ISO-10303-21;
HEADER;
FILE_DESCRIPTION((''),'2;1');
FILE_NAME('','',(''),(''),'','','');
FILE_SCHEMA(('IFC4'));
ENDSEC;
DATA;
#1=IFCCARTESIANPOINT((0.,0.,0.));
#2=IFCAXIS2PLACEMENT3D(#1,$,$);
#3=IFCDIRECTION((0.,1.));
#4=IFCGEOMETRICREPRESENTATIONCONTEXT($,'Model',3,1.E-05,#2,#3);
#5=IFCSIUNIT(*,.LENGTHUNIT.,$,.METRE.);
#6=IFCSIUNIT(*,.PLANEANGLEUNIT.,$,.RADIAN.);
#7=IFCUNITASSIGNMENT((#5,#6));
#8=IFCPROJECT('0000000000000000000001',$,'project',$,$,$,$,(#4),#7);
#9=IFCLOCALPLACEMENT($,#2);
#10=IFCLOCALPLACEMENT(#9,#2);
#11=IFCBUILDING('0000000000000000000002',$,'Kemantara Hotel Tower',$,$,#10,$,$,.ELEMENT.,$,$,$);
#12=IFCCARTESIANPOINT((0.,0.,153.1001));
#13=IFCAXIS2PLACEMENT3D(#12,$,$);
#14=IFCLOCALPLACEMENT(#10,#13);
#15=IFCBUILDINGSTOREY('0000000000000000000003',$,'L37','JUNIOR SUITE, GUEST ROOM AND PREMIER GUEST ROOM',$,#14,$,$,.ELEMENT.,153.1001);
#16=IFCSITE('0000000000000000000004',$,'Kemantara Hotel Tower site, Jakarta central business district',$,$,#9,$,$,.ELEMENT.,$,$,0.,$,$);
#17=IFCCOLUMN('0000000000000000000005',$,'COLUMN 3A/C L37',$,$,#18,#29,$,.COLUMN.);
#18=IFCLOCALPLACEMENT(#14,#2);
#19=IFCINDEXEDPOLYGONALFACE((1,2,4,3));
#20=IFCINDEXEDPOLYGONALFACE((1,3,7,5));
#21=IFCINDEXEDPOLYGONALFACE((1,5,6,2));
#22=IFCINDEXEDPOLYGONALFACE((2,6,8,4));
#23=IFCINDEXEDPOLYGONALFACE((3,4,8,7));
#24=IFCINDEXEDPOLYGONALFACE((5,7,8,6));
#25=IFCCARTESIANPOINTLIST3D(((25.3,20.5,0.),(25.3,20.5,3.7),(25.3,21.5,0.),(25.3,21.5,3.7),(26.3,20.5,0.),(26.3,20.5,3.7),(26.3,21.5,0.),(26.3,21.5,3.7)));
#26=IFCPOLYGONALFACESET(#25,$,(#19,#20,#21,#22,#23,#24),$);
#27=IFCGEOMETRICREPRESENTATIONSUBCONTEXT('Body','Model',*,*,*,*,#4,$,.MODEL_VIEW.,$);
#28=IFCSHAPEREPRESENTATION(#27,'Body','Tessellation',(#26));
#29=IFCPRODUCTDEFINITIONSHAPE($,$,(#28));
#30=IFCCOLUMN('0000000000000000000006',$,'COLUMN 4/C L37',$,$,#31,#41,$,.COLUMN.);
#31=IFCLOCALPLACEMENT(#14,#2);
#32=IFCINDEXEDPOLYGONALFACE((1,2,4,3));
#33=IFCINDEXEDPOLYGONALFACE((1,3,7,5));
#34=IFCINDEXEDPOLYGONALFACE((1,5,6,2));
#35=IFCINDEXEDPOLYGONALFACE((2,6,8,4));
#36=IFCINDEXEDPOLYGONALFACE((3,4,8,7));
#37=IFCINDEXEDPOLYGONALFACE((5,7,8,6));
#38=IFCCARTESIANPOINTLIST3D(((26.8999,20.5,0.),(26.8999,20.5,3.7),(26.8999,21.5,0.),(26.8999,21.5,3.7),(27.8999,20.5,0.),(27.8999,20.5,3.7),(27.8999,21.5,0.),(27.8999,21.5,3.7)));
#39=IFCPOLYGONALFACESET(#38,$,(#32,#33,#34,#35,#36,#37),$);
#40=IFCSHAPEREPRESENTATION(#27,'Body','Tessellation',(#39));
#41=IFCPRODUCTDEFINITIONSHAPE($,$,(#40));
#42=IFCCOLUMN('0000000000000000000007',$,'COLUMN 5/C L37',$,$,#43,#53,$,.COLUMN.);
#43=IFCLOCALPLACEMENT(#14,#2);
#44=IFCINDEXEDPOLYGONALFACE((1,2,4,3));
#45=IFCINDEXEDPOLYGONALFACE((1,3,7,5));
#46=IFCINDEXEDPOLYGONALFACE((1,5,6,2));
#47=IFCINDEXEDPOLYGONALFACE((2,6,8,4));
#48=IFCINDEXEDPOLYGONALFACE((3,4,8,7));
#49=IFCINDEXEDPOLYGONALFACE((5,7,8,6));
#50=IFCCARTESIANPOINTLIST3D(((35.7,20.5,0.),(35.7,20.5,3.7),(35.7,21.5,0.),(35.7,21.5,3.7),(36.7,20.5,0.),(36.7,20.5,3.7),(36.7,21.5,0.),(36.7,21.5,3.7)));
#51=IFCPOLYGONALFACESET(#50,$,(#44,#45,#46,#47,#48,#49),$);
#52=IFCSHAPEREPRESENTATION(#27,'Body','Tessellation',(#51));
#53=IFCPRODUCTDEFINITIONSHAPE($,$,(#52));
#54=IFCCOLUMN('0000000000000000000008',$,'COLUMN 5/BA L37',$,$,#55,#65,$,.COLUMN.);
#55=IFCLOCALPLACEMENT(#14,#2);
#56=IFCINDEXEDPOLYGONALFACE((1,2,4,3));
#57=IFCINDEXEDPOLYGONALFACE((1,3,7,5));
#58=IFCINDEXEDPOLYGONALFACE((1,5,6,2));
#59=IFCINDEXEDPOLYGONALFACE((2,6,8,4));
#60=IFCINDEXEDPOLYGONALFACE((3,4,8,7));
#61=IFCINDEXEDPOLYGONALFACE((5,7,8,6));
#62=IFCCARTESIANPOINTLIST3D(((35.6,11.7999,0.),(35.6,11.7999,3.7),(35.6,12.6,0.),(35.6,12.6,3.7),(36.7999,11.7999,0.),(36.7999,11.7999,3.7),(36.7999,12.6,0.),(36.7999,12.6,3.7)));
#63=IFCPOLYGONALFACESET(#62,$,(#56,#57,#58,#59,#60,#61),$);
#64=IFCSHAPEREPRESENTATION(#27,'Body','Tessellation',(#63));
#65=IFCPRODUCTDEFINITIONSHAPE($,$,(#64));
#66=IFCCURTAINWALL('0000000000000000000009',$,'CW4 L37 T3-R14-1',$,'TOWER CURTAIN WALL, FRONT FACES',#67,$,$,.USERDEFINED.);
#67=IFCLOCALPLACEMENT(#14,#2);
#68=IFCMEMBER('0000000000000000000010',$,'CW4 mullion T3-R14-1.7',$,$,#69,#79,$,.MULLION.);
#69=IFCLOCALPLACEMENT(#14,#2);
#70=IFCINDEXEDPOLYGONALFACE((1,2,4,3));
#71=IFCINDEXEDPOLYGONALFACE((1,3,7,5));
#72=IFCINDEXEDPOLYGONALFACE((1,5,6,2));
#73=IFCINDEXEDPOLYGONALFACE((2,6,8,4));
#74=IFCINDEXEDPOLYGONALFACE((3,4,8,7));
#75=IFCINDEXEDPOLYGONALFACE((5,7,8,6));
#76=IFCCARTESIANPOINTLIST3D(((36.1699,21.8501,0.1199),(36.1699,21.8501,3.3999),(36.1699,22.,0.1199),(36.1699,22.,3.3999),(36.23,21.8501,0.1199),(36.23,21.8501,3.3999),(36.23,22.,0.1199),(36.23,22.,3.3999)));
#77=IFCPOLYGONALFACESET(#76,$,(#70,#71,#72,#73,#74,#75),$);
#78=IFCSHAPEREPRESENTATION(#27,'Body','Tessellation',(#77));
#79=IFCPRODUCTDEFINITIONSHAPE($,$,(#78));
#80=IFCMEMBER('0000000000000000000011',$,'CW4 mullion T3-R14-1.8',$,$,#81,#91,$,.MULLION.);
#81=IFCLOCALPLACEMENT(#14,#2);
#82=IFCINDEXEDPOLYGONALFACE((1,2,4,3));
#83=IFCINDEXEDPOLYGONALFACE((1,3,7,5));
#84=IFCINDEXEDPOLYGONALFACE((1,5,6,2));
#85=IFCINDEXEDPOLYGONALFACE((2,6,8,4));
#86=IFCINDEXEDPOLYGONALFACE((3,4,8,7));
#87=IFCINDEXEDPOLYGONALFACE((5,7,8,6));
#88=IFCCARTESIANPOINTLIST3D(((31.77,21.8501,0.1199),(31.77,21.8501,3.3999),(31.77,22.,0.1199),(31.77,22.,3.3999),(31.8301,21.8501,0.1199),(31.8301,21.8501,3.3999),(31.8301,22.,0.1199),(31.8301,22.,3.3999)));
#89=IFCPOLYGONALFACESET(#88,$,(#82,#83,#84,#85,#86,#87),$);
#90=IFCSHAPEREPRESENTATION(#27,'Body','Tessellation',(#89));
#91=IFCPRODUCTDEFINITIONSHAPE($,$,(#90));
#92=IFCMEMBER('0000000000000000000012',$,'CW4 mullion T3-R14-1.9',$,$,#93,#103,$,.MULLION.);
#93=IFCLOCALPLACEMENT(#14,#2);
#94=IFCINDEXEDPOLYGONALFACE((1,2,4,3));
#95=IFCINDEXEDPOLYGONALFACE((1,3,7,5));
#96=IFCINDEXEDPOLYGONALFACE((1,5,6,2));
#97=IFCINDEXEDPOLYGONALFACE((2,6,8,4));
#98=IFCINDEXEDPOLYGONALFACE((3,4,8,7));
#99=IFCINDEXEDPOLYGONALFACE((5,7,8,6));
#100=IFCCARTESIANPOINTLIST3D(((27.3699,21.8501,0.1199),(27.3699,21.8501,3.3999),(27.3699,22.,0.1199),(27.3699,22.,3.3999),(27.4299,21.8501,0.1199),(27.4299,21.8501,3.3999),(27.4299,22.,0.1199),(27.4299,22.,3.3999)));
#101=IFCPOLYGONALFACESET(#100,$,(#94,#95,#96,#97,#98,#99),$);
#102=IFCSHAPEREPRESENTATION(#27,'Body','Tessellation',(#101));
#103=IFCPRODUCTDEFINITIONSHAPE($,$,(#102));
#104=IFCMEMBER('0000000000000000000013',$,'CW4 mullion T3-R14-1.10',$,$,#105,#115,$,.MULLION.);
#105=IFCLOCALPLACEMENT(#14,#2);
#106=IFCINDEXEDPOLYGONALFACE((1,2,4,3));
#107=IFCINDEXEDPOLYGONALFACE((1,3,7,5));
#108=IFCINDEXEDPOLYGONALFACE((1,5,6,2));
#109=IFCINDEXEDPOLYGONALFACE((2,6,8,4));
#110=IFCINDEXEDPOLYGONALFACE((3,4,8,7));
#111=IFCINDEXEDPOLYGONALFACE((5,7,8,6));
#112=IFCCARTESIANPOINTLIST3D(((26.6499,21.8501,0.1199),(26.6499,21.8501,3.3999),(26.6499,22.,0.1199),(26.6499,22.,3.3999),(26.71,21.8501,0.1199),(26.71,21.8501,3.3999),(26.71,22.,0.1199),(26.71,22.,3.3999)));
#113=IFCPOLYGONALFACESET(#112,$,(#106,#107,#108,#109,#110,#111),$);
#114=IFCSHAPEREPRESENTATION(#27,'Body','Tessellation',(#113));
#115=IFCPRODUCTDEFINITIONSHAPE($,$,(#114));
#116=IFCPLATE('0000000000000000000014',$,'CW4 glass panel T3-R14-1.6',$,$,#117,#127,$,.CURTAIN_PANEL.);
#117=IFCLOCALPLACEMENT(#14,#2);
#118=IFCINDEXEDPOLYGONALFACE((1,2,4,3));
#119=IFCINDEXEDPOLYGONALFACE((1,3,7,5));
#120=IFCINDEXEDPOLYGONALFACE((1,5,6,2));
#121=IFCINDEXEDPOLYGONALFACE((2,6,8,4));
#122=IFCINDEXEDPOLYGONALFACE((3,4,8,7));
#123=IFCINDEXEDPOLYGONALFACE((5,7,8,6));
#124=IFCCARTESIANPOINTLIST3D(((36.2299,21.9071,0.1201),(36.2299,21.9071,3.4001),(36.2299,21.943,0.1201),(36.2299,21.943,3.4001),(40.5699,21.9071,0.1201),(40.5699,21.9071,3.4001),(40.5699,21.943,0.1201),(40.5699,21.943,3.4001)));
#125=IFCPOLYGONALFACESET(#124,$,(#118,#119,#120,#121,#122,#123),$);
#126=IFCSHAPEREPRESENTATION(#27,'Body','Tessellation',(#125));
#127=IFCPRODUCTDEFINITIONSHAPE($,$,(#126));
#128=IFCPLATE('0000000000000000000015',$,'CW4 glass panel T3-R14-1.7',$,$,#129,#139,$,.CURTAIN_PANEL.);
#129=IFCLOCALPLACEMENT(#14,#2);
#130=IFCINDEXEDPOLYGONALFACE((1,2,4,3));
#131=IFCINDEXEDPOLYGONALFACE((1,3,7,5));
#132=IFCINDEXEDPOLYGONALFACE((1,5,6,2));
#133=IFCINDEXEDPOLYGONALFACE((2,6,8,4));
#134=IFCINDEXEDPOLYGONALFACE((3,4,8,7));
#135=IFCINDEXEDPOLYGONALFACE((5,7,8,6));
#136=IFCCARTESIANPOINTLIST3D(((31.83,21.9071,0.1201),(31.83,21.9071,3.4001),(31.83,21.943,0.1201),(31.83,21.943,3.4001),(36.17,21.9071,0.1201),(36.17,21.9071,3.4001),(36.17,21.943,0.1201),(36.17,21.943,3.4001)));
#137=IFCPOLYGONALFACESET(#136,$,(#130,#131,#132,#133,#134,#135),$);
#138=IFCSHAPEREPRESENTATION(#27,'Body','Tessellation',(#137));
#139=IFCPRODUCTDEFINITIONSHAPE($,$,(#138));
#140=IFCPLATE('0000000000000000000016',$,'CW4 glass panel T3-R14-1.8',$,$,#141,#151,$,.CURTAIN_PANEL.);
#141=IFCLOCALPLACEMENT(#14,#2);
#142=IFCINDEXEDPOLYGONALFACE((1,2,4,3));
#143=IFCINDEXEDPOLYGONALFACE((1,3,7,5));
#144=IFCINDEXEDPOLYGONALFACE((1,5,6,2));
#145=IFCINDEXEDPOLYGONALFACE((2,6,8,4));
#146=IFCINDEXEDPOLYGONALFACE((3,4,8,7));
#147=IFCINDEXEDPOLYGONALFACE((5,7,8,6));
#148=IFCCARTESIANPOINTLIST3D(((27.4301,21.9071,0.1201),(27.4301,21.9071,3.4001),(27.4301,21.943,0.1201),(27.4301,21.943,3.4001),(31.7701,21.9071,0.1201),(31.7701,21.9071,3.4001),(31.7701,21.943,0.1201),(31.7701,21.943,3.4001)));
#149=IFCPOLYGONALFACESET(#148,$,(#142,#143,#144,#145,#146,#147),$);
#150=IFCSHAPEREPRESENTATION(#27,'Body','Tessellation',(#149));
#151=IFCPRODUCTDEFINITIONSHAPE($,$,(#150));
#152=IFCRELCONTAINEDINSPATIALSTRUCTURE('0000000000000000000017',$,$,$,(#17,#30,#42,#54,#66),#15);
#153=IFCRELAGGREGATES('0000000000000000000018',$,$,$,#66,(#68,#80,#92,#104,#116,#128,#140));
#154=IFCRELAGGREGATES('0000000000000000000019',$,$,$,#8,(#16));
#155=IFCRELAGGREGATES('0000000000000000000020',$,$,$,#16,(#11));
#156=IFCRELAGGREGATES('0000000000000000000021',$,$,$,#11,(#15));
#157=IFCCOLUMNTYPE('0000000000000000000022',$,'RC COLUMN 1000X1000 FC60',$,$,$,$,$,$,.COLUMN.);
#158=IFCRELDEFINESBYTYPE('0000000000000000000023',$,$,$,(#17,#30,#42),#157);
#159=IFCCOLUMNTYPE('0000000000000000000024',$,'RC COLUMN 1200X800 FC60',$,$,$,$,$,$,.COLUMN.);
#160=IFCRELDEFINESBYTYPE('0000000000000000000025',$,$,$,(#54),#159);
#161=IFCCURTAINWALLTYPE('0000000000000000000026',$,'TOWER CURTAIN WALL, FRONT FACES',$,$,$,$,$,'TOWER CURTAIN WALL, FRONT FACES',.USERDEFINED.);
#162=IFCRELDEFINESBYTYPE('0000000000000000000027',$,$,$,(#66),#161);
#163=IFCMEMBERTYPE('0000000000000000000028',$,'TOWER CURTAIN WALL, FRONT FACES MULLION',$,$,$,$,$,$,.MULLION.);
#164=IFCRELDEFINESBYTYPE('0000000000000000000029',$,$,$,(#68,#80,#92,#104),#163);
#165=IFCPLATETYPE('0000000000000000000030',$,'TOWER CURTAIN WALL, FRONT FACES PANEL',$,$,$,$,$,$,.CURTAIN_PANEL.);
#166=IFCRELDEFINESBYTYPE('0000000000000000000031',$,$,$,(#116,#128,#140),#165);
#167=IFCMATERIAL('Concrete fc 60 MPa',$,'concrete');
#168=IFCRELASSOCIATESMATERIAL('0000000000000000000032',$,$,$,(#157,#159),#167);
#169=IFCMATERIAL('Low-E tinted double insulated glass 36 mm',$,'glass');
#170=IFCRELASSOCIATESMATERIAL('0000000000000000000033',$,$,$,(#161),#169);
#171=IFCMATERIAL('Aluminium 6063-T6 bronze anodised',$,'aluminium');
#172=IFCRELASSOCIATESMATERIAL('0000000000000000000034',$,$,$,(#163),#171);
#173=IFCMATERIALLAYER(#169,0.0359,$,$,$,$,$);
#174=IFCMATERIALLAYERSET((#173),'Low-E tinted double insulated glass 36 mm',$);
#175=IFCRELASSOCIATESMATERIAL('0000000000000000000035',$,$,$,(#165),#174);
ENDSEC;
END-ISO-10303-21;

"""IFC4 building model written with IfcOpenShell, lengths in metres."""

from ifc_helpers import new_model, si_unit, direction, frame, origin, origin_2d, place, context, subcontext, project, spatial, rectangle, extrude, source, transform, mapped, material, layer, layer_set, material_profile, profile_set, type_object, element, aggregate, save


model = new_model("IFC4")

# Units and contexts
model_context = context("Model", 3, precision=1e-05, world=origin(), true_north=direction((0.0, 1.0)))
body_context = subcontext(model_context, "Body", "Model", "MODEL_VIEW")
ifc_project = project(units=[si_unit("LENGTHUNIT", "METRE"), si_unit("PLANEANGLEUNIT", "RADIAN")], contexts=[model_context])

# Site, building, storey
site_placement = place(None, origin())
site = spatial("IfcSite", under=ifc_project, at=site_placement, Name="Kemantara Hotel Tower site, Jakarta central business district", CompositionType="ELEMENT", RefElevation=0.0)
building_placement = place(site_placement, origin())
building = spatial("IfcBuilding", under=site, at=building_placement, Name="Kemantara Hotel Tower", CompositionType="ELEMENT")
storey_placement = place(building_placement, frame((0.0, 0.0, 153.1001)))
storey = spatial("IfcBuildingStorey", under=building, at=storey_placement, Name="L37", Description="JUNIOR SUITE, GUEST ROOM AND PREMIER GUEST ROOM", CompositionType="ELEMENT", Elevation=153.1001)

# Columns
ifc_material_1 = material(Name="Concrete fc 60 MPa", Category="concrete")
ifc_material_profile_1 = material_profile(ifc_material_1, rectangle(XDim=1.0, YDim=1.0, at=origin_2d()), Name="RC 1000X1000")
ifc_profile_set_1 = profile_set([ifc_material_profile_1], Name="Concrete fc 60 MPa")
column_type_1 = type_object("IfcColumnType", Name="RC COLUMN 1000X1000 FC60", PredefinedType="COLUMN", material=ifc_profile_set_1)
for number, where, z_axis, x_axis, name in (
    (1, (25.8, 21.0, 0.0), (0.0, 0.0, 1.0), (1.0, 0.0, 0.0), "COLUMN 3A/C L37"),
    (2, (27.3999, 21.0, 0.0), (0.0, 0.0, 1.0), (1.0, 0.0, 0.0), "COLUMN 4/C L37"),
    (3, (36.2, 21.0, 0.0), (0.0, 0.0, 1.0), (1.0, 0.0, 0.0), "COLUMN 5/C L37"),
):
    element("IfcColumn", number, at=place(storey_placement, frame(where, z_axis=z_axis, x_axis=x_axis)), inside=storey, type_object=column_type_1, Name=name, PredefinedType="COLUMN", context=body_context, shape_type="SweptSolid", body=[
        extrude(rectangle(XDim=1.0, YDim=1.0, at=origin_2d()), origin(), (0.0, 0.0, 1.0), 3.7),
    ])
ifc_material_profile_2 = material_profile(ifc_material_1, rectangle(XDim=1.2, YDim=0.8, at=origin_2d()), Name="RC 1200X800")
ifc_profile_set_2 = profile_set([ifc_material_profile_2], Name="Concrete fc 60 MPa")
column_type_2 = type_object("IfcColumnType", Name="RC COLUMN 1200X800 FC60", PredefinedType="COLUMN", material=ifc_profile_set_2)
column_placement = place(storey_placement, frame((36.2, 12.2, 0.0), z_axis=(0.0, 0.0, 1.0), x_axis=(1.0, 0.0, 0.0)))
element("IfcColumn", 4, at=column_placement, inside=storey, type_object=column_type_2, Name="COLUMN 5/BA L37", PredefinedType="COLUMN", context=body_context, shape_type="SweptSolid", body=[
    extrude(rectangle(XDim=1.2, YDim=0.8, at=origin_2d()), origin(), (0.0, 0.0, 1.0), 3.7),
])

# Curtain wall, members, plates
ifc_material_2 = material(Name="Low-E tinted double insulated glass 36 mm", Category="glass")
curtain_wall_type = type_object("IfcCurtainWallType", Name="TOWER CURTAIN WALL, FRONT FACES", ElementType="TOWER CURTAIN WALL, FRONT FACES", PredefinedType="USERDEFINED", material=ifc_material_2)
curtain_wall_placement = place(storey_placement, origin())
curtain_wall = element("IfcCurtainWall", 5, at=curtain_wall_placement, inside=storey, type_object=curtain_wall_type, Name="CW4 L37 T3-R14-1", ObjectType="TOWER CURTAIN WALL, FRONT FACES", PredefinedType="USERDEFINED")
ifc_material_3 = material(Name="Aluminium 6063-T6 bronze anodised", Category="aluminium")
ifc_material_profile_3 = material_profile(ifc_material_3, rectangle(XDim=0.1499, YDim=0.0601, at=origin_2d()), Name="TOWER CURTAIN WALL, FRONT FACES MULLION")
ifc_profile_set_3 = profile_set([ifc_material_profile_3], Name="Aluminium 6063-T6 bronze anodised")
member_type = type_object("IfcMemberType", Name="TOWER CURTAIN WALL, FRONT FACES MULLION", PredefinedType="MULLION", material=ifc_profile_set_3)
shared_shape_1 = source(origin(), body_context, "Body", "SweptSolid", [
    extrude(rectangle(XDim=0.1499, YDim=0.0601, at=origin_2d()), origin(), (0.0, 0.0, 1.0), 3.28),
])
member_1_placement = place(storey_placement, frame((36.2, 21.925, 0.1199), z_axis=(0.0, 0.0, 1.0), x_axis=(0.0, -1.0, 0.0)))
member_1 = element("IfcMember", 6, at=member_1_placement, type_object=member_type, Name="CW4 mullion T3-R14-1.7", PredefinedType="MULLION", context=body_context, shape_type="MappedRepresentation", body=[
    mapped(shared_shape_1, transform((0.0, 0.0, 0.0))),
])
member_2_placement = place(storey_placement, frame((31.8, 21.925, 0.1199), z_axis=(0.0, 0.0, 1.0), x_axis=(0.0, -1.0, 0.0)))
member_2 = element("IfcMember", 7, at=member_2_placement, type_object=member_type, Name="CW4 mullion T3-R14-1.8", PredefinedType="MULLION", context=body_context, shape_type="MappedRepresentation", body=[
    mapped(shared_shape_1, transform((0.0, 0.0, 0.0))),
])
member_3_placement = place(storey_placement, frame((27.3999, 21.925, 0.1199), z_axis=(0.0, 0.0, 1.0), x_axis=(0.0, -1.0, 0.0)))
member_3 = element("IfcMember", 8, at=member_3_placement, type_object=member_type, Name="CW4 mullion T3-R14-1.9", PredefinedType="MULLION", context=body_context, shape_type="MappedRepresentation", body=[
    mapped(shared_shape_1, transform((0.0, 0.0, 0.0))),
])
member_4_placement = place(storey_placement, frame((26.6799, 21.925, 0.1199), z_axis=(0.0, 0.0, 1.0), x_axis=(0.0, -1.0, 0.0)))
member_4 = element("IfcMember", 9, at=member_4_placement, type_object=member_type, Name="CW4 mullion T3-R14-1.10", PredefinedType="MULLION", context=body_context, shape_type="MappedRepresentation", body=[
    mapped(shared_shape_1, transform((0.0, 0.0, 0.0))),
])
ifc_layer_1 = layer(ifc_material_2, 0.0359)
ifc_layer_set_1 = layer_set([ifc_layer_1], Name="Low-E tinted double insulated glass 36 mm")
plate_type = type_object("IfcPlateType", Name="TOWER CURTAIN WALL, FRONT FACES PANEL", PredefinedType="CURTAIN_PANEL", material=ifc_layer_set_1)
shared_shape_2 = source(origin(), body_context, "Body", "SweptSolid", [
    extrude(rectangle(XDim=4.3401, YDim=0.0359, at=origin_2d()), origin(), (0.0, 0.0, 1.0), 3.28),
])
plate_1_placement = place(storey_placement, frame((38.3999, 21.925, 0.1201), z_axis=(0.0, 0.0, 1.0), x_axis=(-1.0, 0.0, 0.0)))
plate_1 = element("IfcPlate", 10, at=plate_1_placement, type_object=plate_type, Name="CW4 glass panel T3-R14-1.6", PredefinedType="CURTAIN_PANEL", context=body_context, shape_type="MappedRepresentation", body=[
    mapped(shared_shape_2, transform((0.0, 0.0, 0.0))),
])
plate_2_placement = place(storey_placement, frame((34.0, 21.925, 0.1201), z_axis=(0.0, 0.0, 1.0), x_axis=(-1.0, 0.0, 0.0)))
plate_2 = element("IfcPlate", 11, at=plate_2_placement, type_object=plate_type, Name="CW4 glass panel T3-R14-1.7", PredefinedType="CURTAIN_PANEL", context=body_context, shape_type="MappedRepresentation", body=[
    mapped(shared_shape_2, transform((0.0, 0.0, 0.0))),
])
plate_3_placement = place(storey_placement, frame((29.6001, 21.925, 0.1201), z_axis=(0.0, 0.0, 1.0), x_axis=(-1.0, 0.0, 0.0)))
plate_3 = element("IfcPlate", 12, at=plate_3_placement, type_object=plate_type, Name="CW4 glass panel T3-R14-1.8", PredefinedType="CURTAIN_PANEL", context=body_context, shape_type="MappedRepresentation", body=[
    mapped(shared_shape_2, transform((0.0, 0.0, 0.0))),
])
aggregate(curtain_wall, [member_1, member_2, member_3, member_4, plate_1, plate_2, plate_3])

save(model, "model.ifc")
